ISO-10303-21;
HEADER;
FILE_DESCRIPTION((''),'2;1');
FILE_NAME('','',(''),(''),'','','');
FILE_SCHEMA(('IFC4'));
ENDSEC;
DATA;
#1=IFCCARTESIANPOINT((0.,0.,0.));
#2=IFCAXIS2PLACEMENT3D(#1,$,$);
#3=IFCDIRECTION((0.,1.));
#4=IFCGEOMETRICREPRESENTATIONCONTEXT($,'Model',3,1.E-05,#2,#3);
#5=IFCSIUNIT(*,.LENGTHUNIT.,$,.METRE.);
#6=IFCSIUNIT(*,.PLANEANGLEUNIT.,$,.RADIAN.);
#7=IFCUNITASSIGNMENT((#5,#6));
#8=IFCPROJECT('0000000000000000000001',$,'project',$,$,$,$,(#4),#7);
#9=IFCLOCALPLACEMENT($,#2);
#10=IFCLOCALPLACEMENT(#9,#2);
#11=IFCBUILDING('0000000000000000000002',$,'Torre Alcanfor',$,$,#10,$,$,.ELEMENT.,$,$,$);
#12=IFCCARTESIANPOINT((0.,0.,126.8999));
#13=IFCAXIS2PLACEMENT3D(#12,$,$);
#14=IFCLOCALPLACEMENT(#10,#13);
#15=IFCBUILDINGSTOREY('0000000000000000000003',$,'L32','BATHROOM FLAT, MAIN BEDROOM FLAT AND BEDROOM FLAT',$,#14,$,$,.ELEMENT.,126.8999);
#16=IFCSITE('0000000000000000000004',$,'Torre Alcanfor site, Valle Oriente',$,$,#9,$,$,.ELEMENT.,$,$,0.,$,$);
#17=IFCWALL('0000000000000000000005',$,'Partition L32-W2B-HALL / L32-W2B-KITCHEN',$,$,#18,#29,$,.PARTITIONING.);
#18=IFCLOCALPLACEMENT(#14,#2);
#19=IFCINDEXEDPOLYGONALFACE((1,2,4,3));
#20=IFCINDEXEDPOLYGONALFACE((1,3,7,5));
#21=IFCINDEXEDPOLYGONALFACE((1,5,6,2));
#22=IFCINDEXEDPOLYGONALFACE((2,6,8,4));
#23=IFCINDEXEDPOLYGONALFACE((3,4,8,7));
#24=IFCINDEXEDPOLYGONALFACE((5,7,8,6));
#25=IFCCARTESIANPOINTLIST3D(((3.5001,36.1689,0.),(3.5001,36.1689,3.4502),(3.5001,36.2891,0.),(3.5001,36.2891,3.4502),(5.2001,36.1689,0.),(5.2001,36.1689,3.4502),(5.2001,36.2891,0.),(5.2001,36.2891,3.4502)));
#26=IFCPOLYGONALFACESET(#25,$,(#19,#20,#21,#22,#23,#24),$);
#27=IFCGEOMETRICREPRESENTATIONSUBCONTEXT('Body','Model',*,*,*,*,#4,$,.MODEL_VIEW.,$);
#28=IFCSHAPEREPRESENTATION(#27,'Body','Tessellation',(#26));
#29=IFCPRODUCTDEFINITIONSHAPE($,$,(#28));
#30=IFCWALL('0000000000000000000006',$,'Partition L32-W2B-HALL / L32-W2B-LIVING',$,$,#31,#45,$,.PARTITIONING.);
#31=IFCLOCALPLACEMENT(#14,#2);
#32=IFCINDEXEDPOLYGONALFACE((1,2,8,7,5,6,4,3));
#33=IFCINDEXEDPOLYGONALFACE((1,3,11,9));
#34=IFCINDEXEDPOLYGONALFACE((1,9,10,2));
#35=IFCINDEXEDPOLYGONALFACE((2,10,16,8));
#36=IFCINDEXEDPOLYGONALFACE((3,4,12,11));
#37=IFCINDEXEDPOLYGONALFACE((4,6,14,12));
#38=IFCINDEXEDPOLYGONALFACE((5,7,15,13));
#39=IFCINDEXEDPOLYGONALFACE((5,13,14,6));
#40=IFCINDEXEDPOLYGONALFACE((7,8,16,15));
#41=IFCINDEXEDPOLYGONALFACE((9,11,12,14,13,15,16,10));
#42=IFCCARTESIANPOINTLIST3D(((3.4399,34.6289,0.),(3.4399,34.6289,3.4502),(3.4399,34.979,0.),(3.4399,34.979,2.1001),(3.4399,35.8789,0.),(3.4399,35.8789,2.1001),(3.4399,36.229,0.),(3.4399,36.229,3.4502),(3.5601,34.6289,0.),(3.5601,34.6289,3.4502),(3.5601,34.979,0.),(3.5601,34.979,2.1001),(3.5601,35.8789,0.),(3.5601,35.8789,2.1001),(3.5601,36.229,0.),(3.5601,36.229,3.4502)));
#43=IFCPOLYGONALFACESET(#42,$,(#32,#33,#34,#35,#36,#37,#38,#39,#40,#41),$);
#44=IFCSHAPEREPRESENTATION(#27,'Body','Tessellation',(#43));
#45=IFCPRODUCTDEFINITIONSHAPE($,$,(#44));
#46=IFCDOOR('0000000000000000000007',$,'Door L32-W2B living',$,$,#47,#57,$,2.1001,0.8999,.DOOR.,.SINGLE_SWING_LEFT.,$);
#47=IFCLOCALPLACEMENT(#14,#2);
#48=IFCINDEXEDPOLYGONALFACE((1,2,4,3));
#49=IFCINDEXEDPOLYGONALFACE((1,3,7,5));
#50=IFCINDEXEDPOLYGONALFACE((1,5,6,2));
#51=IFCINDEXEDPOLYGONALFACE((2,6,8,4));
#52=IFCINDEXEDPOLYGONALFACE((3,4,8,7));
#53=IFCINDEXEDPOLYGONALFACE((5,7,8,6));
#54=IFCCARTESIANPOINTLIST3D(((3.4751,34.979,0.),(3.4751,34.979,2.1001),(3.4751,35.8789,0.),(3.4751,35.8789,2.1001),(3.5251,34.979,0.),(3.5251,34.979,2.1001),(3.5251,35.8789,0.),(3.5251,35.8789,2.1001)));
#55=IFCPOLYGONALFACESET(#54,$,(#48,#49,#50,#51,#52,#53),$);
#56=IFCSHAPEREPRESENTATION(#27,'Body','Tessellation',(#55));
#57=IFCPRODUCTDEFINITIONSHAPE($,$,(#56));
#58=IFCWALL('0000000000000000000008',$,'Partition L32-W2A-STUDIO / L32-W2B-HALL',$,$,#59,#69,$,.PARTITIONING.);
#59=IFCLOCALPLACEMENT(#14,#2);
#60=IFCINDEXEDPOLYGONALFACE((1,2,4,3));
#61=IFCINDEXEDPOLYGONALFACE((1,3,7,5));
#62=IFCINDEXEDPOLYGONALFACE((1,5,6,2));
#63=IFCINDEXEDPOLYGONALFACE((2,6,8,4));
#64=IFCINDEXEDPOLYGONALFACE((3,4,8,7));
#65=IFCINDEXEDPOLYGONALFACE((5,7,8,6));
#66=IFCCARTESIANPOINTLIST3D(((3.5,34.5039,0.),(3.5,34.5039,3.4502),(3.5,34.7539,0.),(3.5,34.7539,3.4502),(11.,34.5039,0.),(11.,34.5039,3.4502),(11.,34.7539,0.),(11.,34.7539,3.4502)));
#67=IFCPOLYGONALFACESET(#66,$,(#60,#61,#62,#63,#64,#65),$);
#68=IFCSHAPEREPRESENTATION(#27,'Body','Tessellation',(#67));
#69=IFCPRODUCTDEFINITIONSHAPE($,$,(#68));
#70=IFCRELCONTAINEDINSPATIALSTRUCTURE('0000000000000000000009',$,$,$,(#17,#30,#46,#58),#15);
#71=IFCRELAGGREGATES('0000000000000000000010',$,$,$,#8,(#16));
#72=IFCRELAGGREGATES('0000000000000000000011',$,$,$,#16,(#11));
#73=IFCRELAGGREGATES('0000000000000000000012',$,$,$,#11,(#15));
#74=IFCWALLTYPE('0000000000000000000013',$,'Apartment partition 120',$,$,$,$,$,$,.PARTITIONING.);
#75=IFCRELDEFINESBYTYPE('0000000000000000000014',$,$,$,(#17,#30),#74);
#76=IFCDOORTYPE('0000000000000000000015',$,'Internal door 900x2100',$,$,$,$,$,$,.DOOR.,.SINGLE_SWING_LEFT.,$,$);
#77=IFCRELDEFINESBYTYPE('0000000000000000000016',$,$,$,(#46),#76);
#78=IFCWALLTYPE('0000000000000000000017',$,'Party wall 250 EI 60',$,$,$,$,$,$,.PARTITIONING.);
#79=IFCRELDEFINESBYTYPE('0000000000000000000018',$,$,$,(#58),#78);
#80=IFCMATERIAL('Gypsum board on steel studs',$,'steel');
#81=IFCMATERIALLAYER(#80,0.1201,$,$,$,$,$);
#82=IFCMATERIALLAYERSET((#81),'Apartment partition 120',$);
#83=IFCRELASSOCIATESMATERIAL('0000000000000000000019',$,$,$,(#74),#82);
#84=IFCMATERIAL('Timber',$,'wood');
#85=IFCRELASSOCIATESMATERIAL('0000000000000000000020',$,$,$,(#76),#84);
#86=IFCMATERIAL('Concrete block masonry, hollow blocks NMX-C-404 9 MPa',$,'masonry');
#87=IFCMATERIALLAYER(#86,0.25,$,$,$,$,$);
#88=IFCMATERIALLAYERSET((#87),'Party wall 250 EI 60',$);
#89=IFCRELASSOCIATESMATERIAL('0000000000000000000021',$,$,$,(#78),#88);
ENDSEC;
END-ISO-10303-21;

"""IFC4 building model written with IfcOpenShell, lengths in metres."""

from ifc_helpers import new_model, si_unit, direction, frame, frame_2d, origin, place, context, subcontext, project, spatial, rectangle, extrude, material, layer, layer_set, type_object, element, fill, save


model = new_model("IFC4")

# Units and contexts
model_context = context("Model", 3, precision=1e-05, world=origin(), true_north=direction((0.0, 1.0)))
body_context = subcontext(model_context, "Body", "Model", "MODEL_VIEW")
ifc_project = project(units=[si_unit("LENGTHUNIT", "METRE"), si_unit("PLANEANGLEUNIT", "RADIAN")], contexts=[model_context])

# Site, building, storey
site_placement = place(None, origin())
site = spatial("IfcSite", under=ifc_project, at=site_placement, Name="Torre Alcanfor site, Valle Oriente", CompositionType="ELEMENT", RefElevation=0.0)
building_placement = place(site_placement, origin())
building = spatial("IfcBuilding", under=site, at=building_placement, Name="Torre Alcanfor", CompositionType="ELEMENT")
storey_placement = place(building_placement, frame((0.0, 0.0, 126.8999)))
storey = spatial("IfcBuildingStorey", under=building, at=storey_placement, Name="L32", Description="BATHROOM FLAT, MAIN BEDROOM FLAT AND BEDROOM FLAT", CompositionType="ELEMENT", Elevation=126.8999)

# Wall
ifc_material_1 = material(Name="Gypsum board on steel studs", Category="steel")
ifc_layer_1 = layer(ifc_material_1, 0.1201)
ifc_layer_set_1 = layer_set([ifc_layer_1], Name="Apartment partition 120")
wall_type_1 = type_object("IfcWallType", Name="Apartment partition 120", PredefinedType="PARTITIONING", material=ifc_layer_set_1)
wall_1_placement = place(storey_placement, frame((3.5, 36.229, 0.0), z_axis=(0.0, 0.0, 1.0), x_axis=(1.0, 0.0, 0.0)))
element("IfcWall", 1, at=wall_1_placement, inside=storey, type_object=wall_type_1, Name="Partition L32-W2B-HALL / L32-W2B-KITCHEN", PredefinedType="PARTITIONING", context=body_context, shape_type="SweptSolid", body=[
    extrude(rectangle(XDim=1.7, YDim=0.1201, at=frame_2d((0.8501, 0.0))), origin(), (0.0, 0.0, 1.0), 3.4502),
])

# Wall, opening, door
wall_2_placement = place(storey_placement, frame((3.5, 34.6289, 0.0), z_axis=(0.0, 0.0, 1.0), x_axis=(0.0, 1.0, 0.0)))
wall_2 = element("IfcWall", 2, at=wall_2_placement, inside=storey, type_object=wall_type_1, Name="Partition L32-W2B-HALL / L32-W2B-LIVING", PredefinedType="PARTITIONING", context=body_context, shape_type="SweptSolid", body=[
    extrude(rectangle(XDim=1.6001, YDim=0.1201, at=frame_2d((0.8, 0.0))), origin(), (0.0, 0.0, 1.0), 3.4502),
])
opening_placement = place(wall_2_placement, frame((0.3501, 0.0, 0.0)))
opening = element("IfcOpeningElement", 3, at=opening_placement, cuts=wall_2, PredefinedType="OPENING", context=body_context, shape_type="SweptSolid", body=[
    extrude(rectangle(XDim=0.8999, YDim=2.1001, at=frame_2d((0.45, 1.05))), frame((0.0, 0.0701, 0.0), z_axis=(0.0, -1.0, 0.0), x_axis=(1.0, 0.0, 0.0)), (0.0, 0.0, 1.0), 0.1401),
])
ifc_material_2 = material(Name="Timber", Category="wood")
door_type = type_object("IfcDoorType", Name="Internal door 900x2100", OperationType="SINGLE_SWING_LEFT", PredefinedType="DOOR", material=ifc_material_2)
door_placement = place(opening_placement, origin())
door = element("IfcDoor", 4, at=door_placement, inside=storey, type_object=door_type, Name="Door L32-W2B living", OperationType="SINGLE_SWING_LEFT", OverallHeight=2.1001, OverallWidth=0.8999, PredefinedType="DOOR", context=body_context, shape_type="SweptSolid", body=[
    extrude(rectangle(XDim=0.8999, YDim=2.1001, at=frame_2d((0.45, 1.05))), frame((0.0, 0.0249, 0.0), z_axis=(0.0, -1.0, 0.0), x_axis=(1.0, 0.0, 0.0)), (0.0, 0.0, 1.0), 0.05),
])
fill(opening, door)

# Wall
ifc_material_3 = material(Name="Concrete block masonry, hollow blocks NMX-C-404 9 MPa", Category="masonry")
ifc_layer_2 = layer(ifc_material_3, 0.25)
ifc_layer_set_2 = layer_set([ifc_layer_2], Name="Party wall 250 EI 60")
wall_type_2 = type_object("IfcWallType", Name="Party wall 250 EI 60", PredefinedType="PARTITIONING", material=ifc_layer_set_2)
wall_3_placement = place(storey_placement, frame((3.5, 34.6289, 0.0), z_axis=(0.0, 0.0, 1.0), x_axis=(1.0, 0.0, 0.0)))
element("IfcWall", 5, at=wall_3_placement, inside=storey, type_object=wall_type_2, Name="Partition L32-W2A-STUDIO / L32-W2B-HALL", PredefinedType="PARTITIONING", context=body_context, shape_type="SweptSolid", body=[
    extrude(rectangle(XDim=7.5, YDim=0.25, at=frame_2d((3.75, 0.0))), origin(), (0.0, 0.0, 1.0), 3.4502),
])

save(model, "model.ifc")
